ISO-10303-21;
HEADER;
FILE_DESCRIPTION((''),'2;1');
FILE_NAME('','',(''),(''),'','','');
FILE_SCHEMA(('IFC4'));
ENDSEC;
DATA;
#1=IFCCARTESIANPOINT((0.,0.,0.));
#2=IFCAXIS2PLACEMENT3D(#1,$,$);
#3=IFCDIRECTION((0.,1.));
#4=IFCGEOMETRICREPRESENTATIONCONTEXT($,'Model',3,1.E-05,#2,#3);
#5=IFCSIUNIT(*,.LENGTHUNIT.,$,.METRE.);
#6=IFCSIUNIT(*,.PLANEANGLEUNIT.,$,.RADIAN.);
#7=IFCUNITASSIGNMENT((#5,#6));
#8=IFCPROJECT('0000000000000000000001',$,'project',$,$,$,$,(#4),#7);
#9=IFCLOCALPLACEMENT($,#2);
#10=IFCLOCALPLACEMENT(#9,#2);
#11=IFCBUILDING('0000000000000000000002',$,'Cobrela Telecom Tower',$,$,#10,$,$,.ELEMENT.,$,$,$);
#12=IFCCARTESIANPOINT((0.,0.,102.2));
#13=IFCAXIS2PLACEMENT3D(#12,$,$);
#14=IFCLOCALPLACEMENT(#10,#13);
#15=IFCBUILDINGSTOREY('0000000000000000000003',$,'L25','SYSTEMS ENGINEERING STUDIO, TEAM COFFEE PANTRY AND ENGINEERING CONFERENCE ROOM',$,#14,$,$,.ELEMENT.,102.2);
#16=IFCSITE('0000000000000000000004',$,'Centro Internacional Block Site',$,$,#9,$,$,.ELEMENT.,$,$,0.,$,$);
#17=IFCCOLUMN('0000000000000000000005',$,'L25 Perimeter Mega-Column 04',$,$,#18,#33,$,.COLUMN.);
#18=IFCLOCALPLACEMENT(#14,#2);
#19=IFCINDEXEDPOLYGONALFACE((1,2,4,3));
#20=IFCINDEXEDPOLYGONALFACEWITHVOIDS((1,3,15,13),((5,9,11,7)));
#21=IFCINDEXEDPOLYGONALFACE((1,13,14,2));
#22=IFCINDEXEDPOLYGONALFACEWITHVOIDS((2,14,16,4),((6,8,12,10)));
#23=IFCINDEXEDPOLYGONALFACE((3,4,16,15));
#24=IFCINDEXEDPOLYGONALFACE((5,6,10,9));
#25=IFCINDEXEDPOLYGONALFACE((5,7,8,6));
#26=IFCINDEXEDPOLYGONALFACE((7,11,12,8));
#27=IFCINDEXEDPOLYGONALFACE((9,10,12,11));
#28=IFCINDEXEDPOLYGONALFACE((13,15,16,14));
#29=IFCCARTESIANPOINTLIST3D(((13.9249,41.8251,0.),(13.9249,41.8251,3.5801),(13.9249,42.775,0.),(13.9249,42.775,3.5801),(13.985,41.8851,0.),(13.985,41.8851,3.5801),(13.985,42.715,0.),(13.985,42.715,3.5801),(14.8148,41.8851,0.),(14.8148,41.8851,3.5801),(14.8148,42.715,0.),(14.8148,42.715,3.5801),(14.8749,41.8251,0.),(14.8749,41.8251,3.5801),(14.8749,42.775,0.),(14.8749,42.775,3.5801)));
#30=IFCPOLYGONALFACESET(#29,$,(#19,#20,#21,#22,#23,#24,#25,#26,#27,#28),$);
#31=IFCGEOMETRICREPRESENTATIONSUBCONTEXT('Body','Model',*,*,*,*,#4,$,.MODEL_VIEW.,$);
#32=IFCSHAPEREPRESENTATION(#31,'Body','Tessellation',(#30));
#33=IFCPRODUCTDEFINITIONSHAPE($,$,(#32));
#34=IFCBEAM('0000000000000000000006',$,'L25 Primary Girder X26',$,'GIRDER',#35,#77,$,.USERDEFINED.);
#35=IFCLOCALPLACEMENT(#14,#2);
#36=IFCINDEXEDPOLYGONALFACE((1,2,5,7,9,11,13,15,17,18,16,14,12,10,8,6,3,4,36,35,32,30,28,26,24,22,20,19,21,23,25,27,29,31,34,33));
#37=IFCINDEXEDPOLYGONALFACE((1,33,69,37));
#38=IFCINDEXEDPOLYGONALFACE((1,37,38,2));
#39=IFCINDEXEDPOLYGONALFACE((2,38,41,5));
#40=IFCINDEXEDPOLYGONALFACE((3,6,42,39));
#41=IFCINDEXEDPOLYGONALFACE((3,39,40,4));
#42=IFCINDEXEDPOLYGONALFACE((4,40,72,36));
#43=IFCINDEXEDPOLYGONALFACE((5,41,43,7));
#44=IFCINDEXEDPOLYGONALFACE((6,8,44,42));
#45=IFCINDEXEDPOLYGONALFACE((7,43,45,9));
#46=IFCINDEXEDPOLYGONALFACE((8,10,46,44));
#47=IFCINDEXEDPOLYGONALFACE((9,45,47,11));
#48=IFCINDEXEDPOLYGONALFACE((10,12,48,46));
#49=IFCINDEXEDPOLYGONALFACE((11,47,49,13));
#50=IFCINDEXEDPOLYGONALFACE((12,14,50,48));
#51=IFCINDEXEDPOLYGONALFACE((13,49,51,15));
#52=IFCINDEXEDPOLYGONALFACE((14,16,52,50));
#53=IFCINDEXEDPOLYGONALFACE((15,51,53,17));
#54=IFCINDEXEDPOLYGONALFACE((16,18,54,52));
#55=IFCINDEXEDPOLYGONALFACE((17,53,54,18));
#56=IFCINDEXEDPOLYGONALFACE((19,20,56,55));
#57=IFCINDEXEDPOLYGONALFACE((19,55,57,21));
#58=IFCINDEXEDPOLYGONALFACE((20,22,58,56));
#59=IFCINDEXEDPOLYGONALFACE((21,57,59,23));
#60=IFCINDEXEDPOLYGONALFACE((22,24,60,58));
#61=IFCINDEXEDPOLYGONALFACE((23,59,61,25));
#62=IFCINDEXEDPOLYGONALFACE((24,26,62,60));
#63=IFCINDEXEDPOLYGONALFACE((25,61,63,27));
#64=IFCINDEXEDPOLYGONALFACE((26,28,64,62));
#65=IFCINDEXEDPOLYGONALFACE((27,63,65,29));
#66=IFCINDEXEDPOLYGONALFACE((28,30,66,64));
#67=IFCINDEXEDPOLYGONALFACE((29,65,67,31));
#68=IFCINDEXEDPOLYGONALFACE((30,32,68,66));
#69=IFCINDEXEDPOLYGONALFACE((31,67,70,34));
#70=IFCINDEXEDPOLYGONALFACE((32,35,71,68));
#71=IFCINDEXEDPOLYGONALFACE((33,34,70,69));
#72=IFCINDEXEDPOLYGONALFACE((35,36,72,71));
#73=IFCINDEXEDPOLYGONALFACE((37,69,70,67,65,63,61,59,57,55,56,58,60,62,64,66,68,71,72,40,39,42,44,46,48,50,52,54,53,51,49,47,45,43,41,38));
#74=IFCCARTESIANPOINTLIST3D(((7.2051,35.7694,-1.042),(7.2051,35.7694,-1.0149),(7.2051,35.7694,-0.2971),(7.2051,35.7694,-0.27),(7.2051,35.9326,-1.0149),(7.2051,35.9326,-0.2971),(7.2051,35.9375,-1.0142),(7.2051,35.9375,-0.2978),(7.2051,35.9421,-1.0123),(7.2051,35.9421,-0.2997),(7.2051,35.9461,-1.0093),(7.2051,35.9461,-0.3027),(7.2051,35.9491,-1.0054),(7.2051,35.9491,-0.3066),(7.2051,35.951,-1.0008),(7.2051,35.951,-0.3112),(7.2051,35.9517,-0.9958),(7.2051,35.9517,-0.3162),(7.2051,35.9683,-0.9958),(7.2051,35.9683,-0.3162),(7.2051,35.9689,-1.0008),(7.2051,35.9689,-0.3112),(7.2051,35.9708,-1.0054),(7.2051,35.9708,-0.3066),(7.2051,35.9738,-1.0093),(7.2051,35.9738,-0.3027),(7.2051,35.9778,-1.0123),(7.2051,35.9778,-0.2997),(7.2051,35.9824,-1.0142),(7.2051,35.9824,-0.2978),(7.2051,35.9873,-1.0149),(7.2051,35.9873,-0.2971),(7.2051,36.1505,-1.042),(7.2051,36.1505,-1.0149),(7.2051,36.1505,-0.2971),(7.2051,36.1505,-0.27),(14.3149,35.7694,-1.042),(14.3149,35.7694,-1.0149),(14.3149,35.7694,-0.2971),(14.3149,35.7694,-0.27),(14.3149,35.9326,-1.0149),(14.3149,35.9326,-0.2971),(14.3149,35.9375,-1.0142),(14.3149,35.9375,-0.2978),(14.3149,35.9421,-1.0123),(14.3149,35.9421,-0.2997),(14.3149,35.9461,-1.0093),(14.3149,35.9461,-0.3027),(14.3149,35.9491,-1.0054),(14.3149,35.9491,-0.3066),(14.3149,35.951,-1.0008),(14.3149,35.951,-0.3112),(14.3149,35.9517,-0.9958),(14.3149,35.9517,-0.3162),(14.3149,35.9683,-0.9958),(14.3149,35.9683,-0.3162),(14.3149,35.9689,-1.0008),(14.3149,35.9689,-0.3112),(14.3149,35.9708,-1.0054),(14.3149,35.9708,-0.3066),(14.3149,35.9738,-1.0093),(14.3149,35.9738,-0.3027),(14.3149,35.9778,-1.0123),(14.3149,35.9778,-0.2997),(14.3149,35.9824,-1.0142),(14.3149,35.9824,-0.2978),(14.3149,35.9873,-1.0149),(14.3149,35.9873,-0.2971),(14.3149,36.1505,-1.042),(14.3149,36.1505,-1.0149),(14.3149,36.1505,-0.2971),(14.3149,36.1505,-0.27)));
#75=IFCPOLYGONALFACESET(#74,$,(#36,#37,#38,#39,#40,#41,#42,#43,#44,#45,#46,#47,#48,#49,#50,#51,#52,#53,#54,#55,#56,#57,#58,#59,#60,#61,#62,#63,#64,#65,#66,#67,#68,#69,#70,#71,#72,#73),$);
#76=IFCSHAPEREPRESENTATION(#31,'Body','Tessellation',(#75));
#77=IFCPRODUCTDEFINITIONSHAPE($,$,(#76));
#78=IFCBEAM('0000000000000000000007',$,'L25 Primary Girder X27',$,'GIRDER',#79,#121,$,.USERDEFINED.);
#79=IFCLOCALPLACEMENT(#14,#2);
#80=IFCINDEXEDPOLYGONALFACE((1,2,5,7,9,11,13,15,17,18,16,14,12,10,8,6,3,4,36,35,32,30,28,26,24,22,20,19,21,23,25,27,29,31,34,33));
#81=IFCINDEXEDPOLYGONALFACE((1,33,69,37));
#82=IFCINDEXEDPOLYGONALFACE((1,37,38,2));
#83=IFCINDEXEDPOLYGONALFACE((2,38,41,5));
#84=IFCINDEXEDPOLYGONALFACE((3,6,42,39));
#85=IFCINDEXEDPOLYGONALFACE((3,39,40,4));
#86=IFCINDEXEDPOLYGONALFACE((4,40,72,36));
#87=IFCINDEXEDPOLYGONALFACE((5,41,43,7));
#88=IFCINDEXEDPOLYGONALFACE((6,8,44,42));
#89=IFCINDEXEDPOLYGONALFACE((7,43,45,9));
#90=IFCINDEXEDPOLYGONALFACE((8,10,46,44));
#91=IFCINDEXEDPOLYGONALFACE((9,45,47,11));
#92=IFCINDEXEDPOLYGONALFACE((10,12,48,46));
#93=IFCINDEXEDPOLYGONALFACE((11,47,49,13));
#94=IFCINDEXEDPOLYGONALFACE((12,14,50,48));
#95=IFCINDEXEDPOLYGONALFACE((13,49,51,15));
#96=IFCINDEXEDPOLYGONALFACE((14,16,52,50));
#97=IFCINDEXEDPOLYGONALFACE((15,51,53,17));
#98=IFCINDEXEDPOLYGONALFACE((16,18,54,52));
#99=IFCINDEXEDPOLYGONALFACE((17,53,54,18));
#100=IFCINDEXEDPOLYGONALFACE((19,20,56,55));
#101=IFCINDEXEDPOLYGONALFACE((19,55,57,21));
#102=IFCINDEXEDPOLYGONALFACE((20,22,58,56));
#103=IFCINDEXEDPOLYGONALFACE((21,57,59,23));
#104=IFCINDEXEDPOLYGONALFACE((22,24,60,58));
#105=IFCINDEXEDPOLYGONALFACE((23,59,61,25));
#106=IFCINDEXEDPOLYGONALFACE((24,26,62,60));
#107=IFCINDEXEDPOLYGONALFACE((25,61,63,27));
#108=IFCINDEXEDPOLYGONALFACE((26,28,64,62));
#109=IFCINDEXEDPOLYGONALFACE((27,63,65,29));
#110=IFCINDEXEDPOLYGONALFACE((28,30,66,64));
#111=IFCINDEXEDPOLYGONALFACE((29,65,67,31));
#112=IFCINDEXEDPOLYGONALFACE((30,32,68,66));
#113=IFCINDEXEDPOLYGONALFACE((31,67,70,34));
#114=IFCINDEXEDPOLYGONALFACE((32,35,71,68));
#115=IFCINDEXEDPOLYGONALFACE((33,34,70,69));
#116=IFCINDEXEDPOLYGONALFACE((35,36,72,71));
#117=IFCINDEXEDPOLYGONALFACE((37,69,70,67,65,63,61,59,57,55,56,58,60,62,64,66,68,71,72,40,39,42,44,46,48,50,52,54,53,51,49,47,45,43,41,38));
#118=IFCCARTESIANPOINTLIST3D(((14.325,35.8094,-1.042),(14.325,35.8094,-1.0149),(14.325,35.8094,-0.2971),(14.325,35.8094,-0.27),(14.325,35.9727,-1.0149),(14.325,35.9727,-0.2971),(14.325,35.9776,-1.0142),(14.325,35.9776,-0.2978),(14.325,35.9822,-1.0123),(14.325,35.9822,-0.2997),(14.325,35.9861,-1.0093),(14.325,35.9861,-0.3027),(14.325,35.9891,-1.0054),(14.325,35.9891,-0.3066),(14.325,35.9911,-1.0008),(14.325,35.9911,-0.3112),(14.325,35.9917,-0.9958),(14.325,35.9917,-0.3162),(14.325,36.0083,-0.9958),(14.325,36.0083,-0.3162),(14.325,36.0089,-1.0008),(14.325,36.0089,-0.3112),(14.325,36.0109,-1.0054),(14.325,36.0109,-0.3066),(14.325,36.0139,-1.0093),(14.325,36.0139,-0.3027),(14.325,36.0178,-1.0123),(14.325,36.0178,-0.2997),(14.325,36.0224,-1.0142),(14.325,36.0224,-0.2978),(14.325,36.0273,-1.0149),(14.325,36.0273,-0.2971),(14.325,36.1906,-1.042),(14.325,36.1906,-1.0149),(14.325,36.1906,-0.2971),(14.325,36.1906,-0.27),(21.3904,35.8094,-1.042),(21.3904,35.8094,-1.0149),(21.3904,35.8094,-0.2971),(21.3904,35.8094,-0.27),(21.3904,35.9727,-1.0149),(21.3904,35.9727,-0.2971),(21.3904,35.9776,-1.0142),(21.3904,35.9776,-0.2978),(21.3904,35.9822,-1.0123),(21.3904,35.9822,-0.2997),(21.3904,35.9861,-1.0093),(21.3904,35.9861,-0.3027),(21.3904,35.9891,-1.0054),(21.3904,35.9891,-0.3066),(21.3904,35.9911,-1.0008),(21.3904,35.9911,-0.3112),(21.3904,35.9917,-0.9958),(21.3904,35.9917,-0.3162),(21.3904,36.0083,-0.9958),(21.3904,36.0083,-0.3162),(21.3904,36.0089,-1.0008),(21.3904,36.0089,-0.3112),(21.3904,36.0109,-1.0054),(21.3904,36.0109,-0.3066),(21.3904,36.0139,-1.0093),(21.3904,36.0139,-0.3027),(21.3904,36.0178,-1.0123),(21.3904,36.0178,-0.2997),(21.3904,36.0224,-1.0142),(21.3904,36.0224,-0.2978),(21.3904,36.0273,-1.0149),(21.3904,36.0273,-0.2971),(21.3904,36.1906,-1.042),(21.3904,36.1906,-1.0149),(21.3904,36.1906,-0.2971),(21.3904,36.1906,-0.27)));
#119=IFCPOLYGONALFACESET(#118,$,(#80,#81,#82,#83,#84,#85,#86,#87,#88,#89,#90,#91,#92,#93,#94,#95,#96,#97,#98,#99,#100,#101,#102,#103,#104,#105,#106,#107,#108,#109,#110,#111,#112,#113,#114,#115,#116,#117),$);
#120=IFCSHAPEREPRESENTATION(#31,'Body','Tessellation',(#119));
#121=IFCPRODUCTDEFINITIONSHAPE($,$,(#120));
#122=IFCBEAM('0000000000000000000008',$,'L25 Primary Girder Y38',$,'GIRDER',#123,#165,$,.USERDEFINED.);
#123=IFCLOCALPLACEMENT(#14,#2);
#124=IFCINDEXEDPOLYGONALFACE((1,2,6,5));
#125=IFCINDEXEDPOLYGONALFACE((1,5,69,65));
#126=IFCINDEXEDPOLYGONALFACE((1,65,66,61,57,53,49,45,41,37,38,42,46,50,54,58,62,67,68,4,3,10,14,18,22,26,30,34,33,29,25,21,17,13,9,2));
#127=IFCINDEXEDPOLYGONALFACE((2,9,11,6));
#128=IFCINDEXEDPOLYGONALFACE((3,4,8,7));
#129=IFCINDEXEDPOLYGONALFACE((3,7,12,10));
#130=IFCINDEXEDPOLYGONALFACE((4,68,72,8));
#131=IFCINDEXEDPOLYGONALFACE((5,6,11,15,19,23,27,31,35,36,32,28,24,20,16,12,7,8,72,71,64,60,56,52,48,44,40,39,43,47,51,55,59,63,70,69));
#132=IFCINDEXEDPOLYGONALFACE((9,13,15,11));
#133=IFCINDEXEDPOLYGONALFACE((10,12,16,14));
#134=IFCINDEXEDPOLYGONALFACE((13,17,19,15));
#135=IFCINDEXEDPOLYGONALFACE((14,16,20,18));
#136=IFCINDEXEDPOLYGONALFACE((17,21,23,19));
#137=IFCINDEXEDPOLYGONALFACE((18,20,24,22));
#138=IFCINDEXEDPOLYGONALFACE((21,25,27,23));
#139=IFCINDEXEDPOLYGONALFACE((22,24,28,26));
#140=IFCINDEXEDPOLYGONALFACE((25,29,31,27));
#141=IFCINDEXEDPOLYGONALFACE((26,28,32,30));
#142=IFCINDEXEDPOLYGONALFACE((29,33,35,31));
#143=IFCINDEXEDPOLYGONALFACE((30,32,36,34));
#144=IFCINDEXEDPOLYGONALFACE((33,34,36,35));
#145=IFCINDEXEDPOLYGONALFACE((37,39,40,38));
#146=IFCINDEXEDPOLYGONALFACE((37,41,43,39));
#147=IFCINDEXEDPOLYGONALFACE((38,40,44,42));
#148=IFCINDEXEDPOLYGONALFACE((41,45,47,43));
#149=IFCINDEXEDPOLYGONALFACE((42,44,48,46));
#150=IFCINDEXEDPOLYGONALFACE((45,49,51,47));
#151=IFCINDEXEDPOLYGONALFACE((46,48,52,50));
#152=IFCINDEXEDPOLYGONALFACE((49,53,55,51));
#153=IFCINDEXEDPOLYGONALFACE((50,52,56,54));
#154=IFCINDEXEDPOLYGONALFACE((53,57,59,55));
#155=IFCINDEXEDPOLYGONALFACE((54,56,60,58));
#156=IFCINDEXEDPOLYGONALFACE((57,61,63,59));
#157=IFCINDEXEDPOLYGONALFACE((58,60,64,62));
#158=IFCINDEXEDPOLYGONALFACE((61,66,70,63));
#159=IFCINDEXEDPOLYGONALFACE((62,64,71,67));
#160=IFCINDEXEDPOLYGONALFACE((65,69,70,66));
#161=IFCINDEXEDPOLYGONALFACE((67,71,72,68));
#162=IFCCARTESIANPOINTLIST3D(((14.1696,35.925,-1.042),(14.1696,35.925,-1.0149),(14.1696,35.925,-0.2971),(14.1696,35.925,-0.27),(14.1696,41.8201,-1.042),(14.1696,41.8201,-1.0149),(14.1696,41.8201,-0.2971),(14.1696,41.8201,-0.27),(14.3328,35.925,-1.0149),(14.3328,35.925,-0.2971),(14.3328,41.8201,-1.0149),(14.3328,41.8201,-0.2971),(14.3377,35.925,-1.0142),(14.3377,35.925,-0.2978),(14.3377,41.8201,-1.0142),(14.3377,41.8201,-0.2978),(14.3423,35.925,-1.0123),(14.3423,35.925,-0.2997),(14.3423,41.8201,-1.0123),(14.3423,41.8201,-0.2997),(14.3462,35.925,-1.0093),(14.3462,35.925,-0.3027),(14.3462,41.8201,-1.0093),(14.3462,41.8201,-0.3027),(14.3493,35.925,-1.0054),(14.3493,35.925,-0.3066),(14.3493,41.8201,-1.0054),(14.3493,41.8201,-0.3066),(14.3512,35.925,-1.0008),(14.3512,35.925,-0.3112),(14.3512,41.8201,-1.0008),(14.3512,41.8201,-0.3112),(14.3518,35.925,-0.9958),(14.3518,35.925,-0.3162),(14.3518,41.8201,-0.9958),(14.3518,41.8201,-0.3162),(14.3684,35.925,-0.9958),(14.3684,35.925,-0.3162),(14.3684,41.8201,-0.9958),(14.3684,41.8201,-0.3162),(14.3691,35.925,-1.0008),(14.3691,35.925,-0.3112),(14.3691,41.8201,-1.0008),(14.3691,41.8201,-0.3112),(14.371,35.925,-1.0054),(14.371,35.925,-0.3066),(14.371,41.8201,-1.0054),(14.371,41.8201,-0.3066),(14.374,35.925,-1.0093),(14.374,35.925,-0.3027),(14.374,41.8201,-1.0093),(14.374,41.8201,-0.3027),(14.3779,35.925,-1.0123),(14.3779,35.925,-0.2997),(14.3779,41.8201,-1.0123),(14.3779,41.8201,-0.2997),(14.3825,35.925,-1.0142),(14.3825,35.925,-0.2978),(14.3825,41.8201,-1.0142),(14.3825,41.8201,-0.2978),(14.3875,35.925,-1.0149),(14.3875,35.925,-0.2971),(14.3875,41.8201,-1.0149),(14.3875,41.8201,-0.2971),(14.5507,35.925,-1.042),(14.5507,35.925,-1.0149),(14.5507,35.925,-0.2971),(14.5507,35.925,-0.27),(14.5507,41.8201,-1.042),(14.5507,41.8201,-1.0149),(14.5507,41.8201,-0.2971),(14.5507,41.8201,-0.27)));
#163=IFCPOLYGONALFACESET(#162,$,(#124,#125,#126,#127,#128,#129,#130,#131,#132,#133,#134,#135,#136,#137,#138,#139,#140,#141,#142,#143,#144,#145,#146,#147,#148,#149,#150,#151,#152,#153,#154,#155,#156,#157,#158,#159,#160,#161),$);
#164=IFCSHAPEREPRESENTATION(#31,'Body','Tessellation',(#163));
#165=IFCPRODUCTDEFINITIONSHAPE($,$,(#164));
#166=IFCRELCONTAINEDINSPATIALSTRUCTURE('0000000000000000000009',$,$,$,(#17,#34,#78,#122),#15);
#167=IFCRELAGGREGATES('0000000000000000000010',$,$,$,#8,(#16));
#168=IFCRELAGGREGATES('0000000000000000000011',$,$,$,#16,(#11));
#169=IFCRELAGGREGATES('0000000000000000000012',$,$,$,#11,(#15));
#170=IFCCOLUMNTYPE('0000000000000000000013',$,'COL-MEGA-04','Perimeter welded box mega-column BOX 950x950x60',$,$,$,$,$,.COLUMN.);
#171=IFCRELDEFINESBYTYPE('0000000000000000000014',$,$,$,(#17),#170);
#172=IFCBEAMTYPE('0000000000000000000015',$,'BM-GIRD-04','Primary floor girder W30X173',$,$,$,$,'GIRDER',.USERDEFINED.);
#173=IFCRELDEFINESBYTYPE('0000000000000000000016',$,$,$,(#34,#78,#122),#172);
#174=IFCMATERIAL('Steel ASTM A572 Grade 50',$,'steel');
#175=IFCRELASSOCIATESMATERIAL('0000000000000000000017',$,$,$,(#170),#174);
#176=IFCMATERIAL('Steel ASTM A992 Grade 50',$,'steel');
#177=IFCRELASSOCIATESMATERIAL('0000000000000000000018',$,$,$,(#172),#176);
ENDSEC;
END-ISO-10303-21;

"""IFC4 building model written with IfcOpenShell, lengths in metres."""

from ifc_helpers import new_model, si_unit, direction, frame, origin, origin_2d, place, context, subcontext, project, spatial, hollow_rectangle, i_section, extrude, material, material_profile, profile_set, type_object, element, save


model = new_model("IFC4")

# Units and contexts
model_context = context("Model", 3, precision=1e-05, world=origin(), true_north=direction((0.0, 1.0)))
body_context = subcontext(model_context, "Body", "Model", "MODEL_VIEW")
ifc_project = project(units=[si_unit("LENGTHUNIT", "METRE"), si_unit("PLANEANGLEUNIT", "RADIAN")], contexts=[model_context])

# Site, building, storey
site_placement = place(None, origin())
site = spatial("IfcSite", under=ifc_project, at=site_placement, Name="Centro Internacional Block Site", CompositionType="ELEMENT", RefElevation=0.0)
building_placement = place(site_placement, origin())
building = spatial("IfcBuilding", under=site, at=building_placement, Name="Cobrela Telecom Tower", CompositionType="ELEMENT")
storey_placement = place(building_placement, frame((0.0, 0.0, 102.2)))
storey = spatial("IfcBuildingStorey", under=building, at=storey_placement, Name="L25", Description="SYSTEMS ENGINEERING STUDIO, TEAM COFFEE PANTRY AND ENGINEERING CONFERENCE ROOM", CompositionType="ELEMENT", Elevation=102.2)

# Column
ifc_material_1 = material(Name="Steel ASTM A572 Grade 50", Category="steel")
ifc_material_profile_1 = material_profile(ifc_material_1, hollow_rectangle(XDim=0.95, YDim=0.95, WallThickness=0.0601, at=origin_2d()), Name="BOX 950x950x60")
ifc_profile_set_1 = profile_set([ifc_material_profile_1], Name="Steel ASTM A572 Grade 50")
column_type = type_object("IfcColumnType", Name="COL-MEGA-04", Description="Perimeter welded box mega-column BOX 950x950x60", PredefinedType="COLUMN", material=ifc_profile_set_1)
column_placement = place(storey_placement, frame((14.3999, 42.3, 0.0), z_axis=(0.0, 0.0, 1.0), x_axis=(1.0, 0.0, 0.0)))
element("IfcColumn", 1, at=column_placement, inside=storey, type_object=column_type, Name="L25 Perimeter Mega-Column 04", PredefinedType="COLUMN", context=body_context, shape_type="SweptSolid", body=[
    extrude(hollow_rectangle(XDim=0.95, YDim=0.95, WallThickness=0.0601, at=origin_2d()), origin(), (0.0, 0.0, 1.0), 3.5801),
])

# Beams
ifc_material_2 = material(Name="Steel ASTM A992 Grade 50", Category="steel")
ifc_material_profile_2 = material_profile(ifc_material_2, i_section(OverallWidth=0.3811, OverallDepth=0.772, WebThickness=0.0166, FlangeThickness=0.0271, FilletRadius=0.019, at=origin_2d()), Name="W30X173")
ifc_profile_set_2 = profile_set([ifc_material_profile_2], Name="Steel ASTM A992 Grade 50")
beam_type_1 = type_object("IfcBeamType", Name="BM-GIRD-04", Description="Primary floor girder W30X173", ElementType="GIRDER", PredefinedType="USERDEFINED", material=ifc_profile_set_2)
beam_1_placement = place(storey_placement, frame((7.2051, 35.96, -0.656), z_axis=(1.0, 0.0, 0.0), x_axis=(0.0, 1.0, 0.0)))
element("IfcBeam", 2, at=beam_1_placement, inside=storey, type_object=beam_type_1, Name="L25 Primary Girder X26", ObjectType="GIRDER", PredefinedType="USERDEFINED", context=body_context, shape_type="SweptSolid", body=[
    extrude(i_section(OverallWidth=0.3811, OverallDepth=0.772, WebThickness=0.0166, FlangeThickness=0.0271, FilletRadius=0.019, at=origin_2d()), origin(), (0.0, 0.0, 1.0), 7.1099),
])
beam_2_placement = place(storey_placement, frame((14.325, 36.0, -0.656), z_axis=(1.0, 0.0, 0.0), x_axis=(0.0, 1.0, 0.0)))
element("IfcBeam", 3, at=beam_2_placement, inside=storey, type_object=beam_type_1, Name="L25 Primary Girder X27", ObjectType="GIRDER", PredefinedType="USERDEFINED", context=body_context, shape_type="SweptSolid", body=[
    extrude(i_section(OverallWidth=0.3811, OverallDepth=0.772, WebThickness=0.0166, FlangeThickness=0.0271, FilletRadius=0.019, at=origin_2d()), origin(), (0.0, 0.0, 1.0), 7.0654),
])
beam_3_placement = place(storey_placement, frame((14.3601, 35.925, -0.656), z_axis=(0.0, 1.0, 0.0), x_axis=(-1.0, 0.0, 0.0)))
element("IfcBeam", 4, at=beam_3_placement, inside=storey, type_object=beam_type_1, Name="L25 Primary Girder Y38", ObjectType="GIRDER", PredefinedType="USERDEFINED", context=body_context, shape_type="SweptSolid", body=[
    extrude(i_section(OverallWidth=0.3811, OverallDepth=0.772, WebThickness=0.0166, FlangeThickness=0.0271, FilletRadius=0.019, at=origin_2d()), origin(), (0.0, 0.0, 1.0), 5.895),
])

save(model, "model.ifc")
